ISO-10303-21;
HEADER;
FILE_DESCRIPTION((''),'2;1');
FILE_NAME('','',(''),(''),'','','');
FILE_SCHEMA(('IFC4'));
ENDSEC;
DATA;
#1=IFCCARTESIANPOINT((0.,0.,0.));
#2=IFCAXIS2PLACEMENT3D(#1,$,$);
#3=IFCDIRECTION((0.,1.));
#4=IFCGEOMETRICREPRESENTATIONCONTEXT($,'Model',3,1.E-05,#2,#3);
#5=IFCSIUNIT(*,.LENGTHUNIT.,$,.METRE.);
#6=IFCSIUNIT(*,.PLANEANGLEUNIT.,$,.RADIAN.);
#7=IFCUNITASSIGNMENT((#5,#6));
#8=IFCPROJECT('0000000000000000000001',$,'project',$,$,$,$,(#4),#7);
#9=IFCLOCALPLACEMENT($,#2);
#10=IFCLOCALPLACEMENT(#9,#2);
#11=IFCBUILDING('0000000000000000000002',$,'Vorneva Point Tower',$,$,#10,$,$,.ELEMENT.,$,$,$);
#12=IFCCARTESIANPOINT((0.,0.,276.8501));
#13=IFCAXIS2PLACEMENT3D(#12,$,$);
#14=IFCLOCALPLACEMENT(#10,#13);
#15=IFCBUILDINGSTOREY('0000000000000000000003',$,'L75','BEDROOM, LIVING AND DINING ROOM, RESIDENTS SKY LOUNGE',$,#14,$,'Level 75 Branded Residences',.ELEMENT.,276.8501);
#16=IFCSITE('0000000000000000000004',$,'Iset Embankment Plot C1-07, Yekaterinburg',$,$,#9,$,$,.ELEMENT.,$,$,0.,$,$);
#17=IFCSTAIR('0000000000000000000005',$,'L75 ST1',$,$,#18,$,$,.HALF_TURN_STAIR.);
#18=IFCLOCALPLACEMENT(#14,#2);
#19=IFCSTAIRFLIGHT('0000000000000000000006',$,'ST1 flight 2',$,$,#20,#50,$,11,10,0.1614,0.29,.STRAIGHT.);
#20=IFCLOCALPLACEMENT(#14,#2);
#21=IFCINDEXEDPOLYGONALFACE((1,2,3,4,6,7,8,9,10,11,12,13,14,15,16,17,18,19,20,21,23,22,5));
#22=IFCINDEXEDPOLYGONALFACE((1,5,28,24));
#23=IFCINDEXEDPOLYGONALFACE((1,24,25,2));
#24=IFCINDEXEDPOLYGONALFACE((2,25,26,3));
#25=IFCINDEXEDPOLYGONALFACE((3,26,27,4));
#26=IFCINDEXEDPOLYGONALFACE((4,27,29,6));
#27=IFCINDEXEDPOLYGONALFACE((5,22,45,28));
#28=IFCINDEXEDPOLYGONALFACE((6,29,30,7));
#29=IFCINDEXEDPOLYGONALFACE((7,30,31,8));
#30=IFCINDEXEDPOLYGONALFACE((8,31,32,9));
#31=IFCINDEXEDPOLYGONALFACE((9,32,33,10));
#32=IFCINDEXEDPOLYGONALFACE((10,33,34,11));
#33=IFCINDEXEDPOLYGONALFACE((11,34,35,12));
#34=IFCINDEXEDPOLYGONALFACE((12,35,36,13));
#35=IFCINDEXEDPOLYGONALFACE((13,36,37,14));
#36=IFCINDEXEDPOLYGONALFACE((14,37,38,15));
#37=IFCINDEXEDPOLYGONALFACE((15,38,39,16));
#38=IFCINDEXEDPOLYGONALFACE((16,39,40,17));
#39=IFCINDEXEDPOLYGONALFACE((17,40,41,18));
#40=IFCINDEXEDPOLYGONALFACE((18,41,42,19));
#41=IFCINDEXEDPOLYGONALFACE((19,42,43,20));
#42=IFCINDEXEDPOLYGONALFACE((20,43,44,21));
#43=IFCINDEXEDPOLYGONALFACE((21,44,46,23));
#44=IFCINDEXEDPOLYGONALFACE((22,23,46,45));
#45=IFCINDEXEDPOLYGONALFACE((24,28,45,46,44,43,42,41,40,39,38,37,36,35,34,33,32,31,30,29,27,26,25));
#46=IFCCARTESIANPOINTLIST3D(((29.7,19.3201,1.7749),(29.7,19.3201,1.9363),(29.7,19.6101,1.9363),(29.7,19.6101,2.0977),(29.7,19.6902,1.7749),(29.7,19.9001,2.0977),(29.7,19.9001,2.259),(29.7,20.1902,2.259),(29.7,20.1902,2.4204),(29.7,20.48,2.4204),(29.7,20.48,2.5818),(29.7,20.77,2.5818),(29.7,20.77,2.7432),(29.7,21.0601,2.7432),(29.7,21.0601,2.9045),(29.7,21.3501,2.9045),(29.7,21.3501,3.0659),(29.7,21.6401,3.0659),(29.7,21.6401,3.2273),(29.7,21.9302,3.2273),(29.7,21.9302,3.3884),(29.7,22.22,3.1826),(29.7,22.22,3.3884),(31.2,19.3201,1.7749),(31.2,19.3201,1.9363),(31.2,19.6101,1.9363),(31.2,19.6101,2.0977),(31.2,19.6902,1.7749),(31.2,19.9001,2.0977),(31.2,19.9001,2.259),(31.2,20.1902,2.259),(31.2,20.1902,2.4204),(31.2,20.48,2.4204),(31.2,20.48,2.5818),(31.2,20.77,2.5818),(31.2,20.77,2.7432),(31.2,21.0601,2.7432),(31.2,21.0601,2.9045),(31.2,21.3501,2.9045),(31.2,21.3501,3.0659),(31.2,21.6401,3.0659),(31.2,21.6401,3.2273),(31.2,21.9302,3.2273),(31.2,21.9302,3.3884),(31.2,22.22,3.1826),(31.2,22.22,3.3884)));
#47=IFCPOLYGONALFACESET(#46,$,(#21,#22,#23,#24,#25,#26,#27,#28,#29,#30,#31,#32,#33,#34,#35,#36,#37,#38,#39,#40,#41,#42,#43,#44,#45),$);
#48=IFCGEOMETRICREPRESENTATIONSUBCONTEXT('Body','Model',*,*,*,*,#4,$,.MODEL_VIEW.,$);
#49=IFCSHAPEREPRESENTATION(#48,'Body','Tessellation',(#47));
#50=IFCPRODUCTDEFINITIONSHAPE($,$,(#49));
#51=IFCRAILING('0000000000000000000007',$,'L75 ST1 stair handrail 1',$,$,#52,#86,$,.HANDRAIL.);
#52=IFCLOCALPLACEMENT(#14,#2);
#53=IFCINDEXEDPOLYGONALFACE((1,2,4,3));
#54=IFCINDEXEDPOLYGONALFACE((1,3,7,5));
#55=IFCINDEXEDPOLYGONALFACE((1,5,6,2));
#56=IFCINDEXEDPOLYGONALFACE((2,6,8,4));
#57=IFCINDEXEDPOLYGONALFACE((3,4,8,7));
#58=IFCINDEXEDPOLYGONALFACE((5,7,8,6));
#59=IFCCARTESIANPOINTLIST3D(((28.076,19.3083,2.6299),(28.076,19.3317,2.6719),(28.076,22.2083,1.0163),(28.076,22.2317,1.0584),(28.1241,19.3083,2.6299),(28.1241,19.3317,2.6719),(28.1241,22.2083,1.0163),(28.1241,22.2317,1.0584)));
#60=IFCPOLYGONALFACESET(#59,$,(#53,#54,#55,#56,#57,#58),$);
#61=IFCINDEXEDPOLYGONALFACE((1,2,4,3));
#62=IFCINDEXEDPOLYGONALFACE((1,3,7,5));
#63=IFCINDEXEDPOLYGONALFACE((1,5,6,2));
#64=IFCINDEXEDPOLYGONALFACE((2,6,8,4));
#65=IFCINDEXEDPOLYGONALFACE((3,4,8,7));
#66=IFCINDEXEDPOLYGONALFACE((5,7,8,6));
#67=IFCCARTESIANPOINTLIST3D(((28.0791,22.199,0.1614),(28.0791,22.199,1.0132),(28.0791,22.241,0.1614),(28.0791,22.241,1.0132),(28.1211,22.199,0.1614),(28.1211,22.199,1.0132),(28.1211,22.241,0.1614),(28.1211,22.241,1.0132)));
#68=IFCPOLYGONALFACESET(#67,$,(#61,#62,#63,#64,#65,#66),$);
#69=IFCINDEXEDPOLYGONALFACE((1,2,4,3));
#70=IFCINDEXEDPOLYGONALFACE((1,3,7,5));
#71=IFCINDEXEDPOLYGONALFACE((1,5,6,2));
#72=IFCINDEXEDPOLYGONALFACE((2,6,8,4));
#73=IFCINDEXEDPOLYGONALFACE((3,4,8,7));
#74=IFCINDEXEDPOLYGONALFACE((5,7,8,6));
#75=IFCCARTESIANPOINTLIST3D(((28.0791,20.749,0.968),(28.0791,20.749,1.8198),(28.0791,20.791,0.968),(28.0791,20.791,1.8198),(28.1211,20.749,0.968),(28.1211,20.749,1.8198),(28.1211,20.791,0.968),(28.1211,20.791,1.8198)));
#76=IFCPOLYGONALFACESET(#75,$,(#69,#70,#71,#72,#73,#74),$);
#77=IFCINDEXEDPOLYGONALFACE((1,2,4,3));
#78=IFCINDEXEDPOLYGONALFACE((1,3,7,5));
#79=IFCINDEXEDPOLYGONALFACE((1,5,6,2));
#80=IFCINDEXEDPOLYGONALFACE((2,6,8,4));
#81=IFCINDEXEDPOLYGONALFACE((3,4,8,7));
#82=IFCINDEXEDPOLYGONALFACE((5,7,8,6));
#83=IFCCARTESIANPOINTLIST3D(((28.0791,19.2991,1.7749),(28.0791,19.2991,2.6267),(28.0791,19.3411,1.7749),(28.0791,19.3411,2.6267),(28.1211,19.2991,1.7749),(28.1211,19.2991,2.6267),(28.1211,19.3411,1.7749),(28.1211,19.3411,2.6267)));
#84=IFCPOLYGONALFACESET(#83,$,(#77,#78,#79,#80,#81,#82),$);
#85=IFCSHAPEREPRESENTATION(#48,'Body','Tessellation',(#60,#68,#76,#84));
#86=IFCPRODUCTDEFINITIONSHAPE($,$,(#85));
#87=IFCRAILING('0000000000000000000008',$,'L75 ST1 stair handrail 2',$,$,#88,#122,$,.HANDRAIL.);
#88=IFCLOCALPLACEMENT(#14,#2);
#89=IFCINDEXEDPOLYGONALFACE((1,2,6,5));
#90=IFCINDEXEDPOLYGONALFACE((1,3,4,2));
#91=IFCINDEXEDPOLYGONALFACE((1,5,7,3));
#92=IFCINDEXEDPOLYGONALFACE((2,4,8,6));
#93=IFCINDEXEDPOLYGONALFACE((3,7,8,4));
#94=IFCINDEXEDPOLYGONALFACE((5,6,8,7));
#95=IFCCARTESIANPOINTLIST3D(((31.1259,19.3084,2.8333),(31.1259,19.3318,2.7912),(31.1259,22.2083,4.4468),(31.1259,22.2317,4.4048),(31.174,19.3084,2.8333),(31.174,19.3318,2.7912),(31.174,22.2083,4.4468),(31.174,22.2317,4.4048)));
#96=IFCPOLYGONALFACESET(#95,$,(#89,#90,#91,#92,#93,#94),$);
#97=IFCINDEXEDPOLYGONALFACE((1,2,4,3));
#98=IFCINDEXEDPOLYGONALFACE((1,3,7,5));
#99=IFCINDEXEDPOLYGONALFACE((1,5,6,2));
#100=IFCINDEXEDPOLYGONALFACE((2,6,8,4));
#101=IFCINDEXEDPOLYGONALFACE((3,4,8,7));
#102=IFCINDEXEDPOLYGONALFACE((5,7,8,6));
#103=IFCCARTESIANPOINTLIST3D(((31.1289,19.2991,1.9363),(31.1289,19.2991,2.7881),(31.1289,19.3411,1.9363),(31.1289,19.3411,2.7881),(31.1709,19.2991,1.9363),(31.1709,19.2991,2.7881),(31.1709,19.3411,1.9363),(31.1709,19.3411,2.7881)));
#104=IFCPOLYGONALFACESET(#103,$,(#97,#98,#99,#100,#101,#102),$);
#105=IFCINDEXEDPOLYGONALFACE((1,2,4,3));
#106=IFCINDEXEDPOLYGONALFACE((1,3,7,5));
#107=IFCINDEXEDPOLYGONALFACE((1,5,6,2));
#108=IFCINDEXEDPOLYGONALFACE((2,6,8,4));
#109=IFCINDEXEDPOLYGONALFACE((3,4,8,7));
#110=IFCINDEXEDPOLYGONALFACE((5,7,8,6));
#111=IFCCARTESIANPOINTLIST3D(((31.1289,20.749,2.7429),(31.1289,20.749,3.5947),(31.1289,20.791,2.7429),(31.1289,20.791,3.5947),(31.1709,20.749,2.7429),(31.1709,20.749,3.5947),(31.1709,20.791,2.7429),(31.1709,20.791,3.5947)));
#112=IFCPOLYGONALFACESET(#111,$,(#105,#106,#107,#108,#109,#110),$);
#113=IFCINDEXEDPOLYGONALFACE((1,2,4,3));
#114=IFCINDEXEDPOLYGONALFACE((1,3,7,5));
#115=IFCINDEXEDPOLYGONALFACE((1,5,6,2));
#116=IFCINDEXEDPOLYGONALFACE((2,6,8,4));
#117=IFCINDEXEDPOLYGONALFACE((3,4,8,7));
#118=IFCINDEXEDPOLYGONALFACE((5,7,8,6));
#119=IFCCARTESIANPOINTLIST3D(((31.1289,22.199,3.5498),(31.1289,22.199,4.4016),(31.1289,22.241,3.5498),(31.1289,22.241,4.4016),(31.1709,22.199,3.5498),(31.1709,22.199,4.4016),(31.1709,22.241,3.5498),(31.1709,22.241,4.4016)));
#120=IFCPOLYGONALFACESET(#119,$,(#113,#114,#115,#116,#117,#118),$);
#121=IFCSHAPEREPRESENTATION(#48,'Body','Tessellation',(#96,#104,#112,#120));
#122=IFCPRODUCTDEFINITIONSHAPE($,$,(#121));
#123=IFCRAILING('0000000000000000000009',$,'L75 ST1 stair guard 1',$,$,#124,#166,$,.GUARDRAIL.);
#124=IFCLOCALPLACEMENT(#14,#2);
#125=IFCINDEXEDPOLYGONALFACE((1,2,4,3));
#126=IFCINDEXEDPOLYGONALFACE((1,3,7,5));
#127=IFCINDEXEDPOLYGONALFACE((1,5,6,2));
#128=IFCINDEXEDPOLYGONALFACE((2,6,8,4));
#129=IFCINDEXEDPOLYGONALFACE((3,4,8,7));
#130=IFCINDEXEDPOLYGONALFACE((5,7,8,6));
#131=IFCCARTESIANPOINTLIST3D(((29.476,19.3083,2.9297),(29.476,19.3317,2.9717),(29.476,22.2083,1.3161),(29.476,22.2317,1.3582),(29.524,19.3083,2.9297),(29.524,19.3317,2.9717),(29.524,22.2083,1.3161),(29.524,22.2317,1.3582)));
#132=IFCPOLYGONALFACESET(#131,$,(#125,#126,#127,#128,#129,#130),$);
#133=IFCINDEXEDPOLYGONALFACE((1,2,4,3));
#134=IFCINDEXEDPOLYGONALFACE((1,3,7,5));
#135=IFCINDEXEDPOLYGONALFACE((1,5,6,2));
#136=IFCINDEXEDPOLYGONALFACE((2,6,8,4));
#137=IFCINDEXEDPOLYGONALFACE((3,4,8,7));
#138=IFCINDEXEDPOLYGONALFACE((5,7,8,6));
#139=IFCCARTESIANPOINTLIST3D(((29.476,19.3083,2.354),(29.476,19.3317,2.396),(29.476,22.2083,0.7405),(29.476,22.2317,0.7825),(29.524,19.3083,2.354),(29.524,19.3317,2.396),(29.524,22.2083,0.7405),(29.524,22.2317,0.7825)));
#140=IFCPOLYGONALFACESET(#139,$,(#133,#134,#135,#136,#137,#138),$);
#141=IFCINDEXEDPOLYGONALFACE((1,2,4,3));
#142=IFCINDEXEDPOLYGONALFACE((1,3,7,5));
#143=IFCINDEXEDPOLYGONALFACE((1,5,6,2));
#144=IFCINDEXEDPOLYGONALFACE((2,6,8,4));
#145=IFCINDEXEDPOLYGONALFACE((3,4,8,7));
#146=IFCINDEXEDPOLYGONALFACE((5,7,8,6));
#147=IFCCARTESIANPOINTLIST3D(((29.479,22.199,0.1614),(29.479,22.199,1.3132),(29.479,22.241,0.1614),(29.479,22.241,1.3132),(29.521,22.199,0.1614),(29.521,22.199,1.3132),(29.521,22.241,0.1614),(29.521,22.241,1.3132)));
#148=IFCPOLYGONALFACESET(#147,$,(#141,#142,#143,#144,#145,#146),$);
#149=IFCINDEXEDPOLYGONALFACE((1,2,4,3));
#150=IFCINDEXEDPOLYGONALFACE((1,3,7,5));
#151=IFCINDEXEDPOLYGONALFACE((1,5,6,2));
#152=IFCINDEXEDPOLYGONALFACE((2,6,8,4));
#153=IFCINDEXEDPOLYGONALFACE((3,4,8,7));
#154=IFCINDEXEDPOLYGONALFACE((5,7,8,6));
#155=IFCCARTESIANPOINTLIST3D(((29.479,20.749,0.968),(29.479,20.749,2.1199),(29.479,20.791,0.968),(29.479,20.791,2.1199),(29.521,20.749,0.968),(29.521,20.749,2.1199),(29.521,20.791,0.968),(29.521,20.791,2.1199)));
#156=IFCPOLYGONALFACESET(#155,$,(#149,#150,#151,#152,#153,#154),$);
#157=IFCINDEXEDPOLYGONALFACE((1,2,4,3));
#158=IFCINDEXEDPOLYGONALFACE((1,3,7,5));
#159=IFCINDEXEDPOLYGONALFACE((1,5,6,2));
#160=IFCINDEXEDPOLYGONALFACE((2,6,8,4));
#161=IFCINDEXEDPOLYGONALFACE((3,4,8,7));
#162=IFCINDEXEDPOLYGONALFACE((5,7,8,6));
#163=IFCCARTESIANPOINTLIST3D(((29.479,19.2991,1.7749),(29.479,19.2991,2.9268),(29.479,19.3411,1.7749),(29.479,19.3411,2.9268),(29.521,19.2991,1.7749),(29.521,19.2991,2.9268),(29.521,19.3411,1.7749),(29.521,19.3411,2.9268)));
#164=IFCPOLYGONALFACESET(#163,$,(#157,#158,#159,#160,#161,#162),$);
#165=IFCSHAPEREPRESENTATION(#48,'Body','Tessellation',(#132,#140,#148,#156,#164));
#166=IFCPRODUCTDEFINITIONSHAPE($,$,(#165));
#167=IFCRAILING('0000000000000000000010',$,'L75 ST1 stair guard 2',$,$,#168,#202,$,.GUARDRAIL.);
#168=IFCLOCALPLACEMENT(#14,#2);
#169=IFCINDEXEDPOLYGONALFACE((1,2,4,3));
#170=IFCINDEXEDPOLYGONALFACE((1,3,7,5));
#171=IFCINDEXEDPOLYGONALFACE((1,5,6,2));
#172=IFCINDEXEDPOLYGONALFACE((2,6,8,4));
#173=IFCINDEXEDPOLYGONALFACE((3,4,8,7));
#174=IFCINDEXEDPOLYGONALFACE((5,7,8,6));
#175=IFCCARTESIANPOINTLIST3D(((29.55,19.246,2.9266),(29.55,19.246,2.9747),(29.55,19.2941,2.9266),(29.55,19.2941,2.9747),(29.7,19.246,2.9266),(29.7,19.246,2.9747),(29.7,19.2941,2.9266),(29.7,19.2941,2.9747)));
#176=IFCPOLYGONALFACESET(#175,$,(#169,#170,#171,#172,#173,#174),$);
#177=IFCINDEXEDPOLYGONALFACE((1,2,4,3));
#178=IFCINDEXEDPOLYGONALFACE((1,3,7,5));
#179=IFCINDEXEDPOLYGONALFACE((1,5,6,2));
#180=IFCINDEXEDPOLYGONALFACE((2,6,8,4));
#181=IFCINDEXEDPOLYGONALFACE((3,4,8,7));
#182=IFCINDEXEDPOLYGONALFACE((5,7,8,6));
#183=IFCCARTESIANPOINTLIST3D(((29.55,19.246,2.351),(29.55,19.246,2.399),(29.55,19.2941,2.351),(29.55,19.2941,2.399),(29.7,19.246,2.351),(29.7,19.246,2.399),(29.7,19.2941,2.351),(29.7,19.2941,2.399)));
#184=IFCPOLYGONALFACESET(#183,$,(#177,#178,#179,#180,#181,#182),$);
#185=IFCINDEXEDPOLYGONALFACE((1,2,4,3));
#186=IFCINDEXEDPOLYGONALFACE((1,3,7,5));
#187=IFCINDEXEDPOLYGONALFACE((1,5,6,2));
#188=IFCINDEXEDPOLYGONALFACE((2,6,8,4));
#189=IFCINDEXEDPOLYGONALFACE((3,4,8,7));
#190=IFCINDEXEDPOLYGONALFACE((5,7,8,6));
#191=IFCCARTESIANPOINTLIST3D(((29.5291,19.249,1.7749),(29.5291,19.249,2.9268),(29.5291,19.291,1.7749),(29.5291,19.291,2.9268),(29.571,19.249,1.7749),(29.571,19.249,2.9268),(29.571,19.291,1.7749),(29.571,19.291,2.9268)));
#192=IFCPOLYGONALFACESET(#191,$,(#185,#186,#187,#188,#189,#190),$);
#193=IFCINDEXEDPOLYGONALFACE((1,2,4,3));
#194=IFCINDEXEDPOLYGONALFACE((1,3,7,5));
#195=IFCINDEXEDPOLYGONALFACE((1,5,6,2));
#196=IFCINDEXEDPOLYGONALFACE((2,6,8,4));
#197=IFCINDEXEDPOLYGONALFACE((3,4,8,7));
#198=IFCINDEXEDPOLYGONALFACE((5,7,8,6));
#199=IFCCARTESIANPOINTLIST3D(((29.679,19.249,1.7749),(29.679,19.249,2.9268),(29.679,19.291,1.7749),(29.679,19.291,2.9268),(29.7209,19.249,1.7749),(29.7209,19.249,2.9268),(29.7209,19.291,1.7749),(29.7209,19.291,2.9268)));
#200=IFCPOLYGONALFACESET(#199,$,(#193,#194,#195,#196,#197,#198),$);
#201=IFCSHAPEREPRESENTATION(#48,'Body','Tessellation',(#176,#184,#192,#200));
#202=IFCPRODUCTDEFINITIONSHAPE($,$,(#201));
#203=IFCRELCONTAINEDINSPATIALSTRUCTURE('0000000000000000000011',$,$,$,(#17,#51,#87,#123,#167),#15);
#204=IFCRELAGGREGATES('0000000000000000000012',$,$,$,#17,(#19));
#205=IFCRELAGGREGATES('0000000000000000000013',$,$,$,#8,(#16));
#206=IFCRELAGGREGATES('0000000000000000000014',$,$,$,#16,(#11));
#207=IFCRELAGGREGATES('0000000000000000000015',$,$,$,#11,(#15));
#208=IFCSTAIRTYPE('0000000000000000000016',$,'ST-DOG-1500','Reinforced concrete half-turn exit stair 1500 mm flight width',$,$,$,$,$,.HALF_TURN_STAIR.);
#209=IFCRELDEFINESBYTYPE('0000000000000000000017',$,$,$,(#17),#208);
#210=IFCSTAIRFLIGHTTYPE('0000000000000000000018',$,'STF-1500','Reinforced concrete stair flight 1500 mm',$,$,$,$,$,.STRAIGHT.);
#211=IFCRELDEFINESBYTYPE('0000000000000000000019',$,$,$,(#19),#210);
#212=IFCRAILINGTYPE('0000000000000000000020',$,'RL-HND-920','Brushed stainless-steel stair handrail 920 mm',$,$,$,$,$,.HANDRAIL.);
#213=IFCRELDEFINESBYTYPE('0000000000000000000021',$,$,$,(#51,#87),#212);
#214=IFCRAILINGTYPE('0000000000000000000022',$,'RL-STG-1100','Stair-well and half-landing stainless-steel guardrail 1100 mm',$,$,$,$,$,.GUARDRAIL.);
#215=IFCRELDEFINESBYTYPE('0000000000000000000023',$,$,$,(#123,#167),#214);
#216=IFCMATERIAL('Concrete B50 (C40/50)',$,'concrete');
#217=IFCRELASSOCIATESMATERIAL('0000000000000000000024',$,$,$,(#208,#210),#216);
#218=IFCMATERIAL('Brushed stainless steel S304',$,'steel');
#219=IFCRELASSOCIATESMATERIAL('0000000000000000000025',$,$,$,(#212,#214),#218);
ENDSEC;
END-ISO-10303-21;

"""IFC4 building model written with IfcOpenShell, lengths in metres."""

from ifc_helpers import new_model, si_unit, direction, frame, origin, origin_2d, place, context, subcontext, project, spatial, polyline, rectangle, outline, extrude, material, type_object, element, aggregate, save


model = new_model("IFC4")

# Units and contexts
model_context = context("Model", 3, precision=1e-05, world=origin(), true_north=direction((0.0, 1.0)))
body_context = subcontext(model_context, "Body", "Model", "MODEL_VIEW")
ifc_project = project(units=[si_unit("LENGTHUNIT", "METRE"), si_unit("PLANEANGLEUNIT", "RADIAN")], contexts=[model_context])

# Site, building, storey
site_placement = place(None, origin())
site = spatial("IfcSite", under=ifc_project, at=site_placement, Name="Iset Embankment Plot C1-07, Yekaterinburg", CompositionType="ELEMENT", RefElevation=0.0)
building_placement = place(site_placement, origin())
building = spatial("IfcBuilding", under=site, at=building_placement, Name="Vorneva Point Tower", CompositionType="ELEMENT")
storey_placement = place(building_placement, frame((0.0, 0.0, 276.8501)))
storey = spatial("IfcBuildingStorey", under=building, at=storey_placement, Name="L75", Description="BEDROOM, LIVING AND DINING ROOM, RESIDENTS SKY LOUNGE", LongName="Level 75 Branded Residences", CompositionType="ELEMENT", Elevation=276.8501)

# Shared definitions
ifc_material_1 = material(Name="Concrete B50 (C40/50)", Category="concrete")

# Stair, stair flight
stair_type = type_object("IfcStairType", Name="ST-DOG-1500", Description="Reinforced concrete half-turn exit stair 1500 mm flight width", PredefinedType="HALF_TURN_STAIR", material=ifc_material_1)
stair_placement = place(storey_placement, origin())
stair = element("IfcStair", 1, at=stair_placement, inside=storey, type_object=stair_type, Name="L75 ST1", PredefinedType="HALF_TURN_STAIR")
stair_flight_type = type_object("IfcStairFlightType", Name="STF-1500", Description="Reinforced concrete stair flight 1500 mm", PredefinedType="STRAIGHT", material=ifc_material_1)
stair_flight_1_placement = place(storey_placement, frame((30.45, 19.3201, 1.7749), z_axis=(0.0, 0.0, 1.0), x_axis=(0.0, 1.0, 0.0)))
stair_flight_1 = element("IfcStairFlight", 2, at=stair_flight_1_placement, type_object=stair_flight_type, Name="ST1 flight 2", NumberOfRisers=11, NumberOfTreads=10, PredefinedType="STRAIGHT", RiserHeight=0.1614, TreadLength=0.29, context=body_context, shape_type="SweptSolid", body=[
    extrude(outline(polyline([(0.0, 0.0), (0.0, 0.1614), (0.29, 0.1614), (0.29, 0.3228), (0.5801, 0.3228), (0.5801, 0.4841), (0.8701, 0.4841), (0.8701, 0.6455), (1.1599, 0.6455), (1.1599, 0.8069), (1.45, 0.8069), (1.45, 0.9683), (1.74, 0.9683), (1.74, 1.1296), (2.03, 1.1296), (2.03, 1.291), (2.3201, 1.291), (2.3201, 1.4524), (2.6101, 1.4524), (2.6101, 1.6135), (2.8999, 1.6135), (2.8999, 1.7749), (2.8999, 1.4077), (0.3701, 0.0), (0.0, 0.0)])), frame((0.0, 0.75, 0.0), z_axis=(0.0, -1.0, 0.0), x_axis=(1.0, 0.0, 0.0)), (0.0, 0.0, 1.0), 1.5),
])
aggregate(stair, [stair_flight_1])

# Railings
ifc_material_2 = material(Name="Brushed stainless steel S304", Category="steel")
railing_type_1 = type_object("IfcRailingType", Name="RL-HND-920", Description="Brushed stainless-steel stair handrail 920 mm", PredefinedType="HANDRAIL", material=ifc_material_2)
railing_1_placement = place(storey_placement, frame((28.1001, 22.22, 0.1614)))
element("IfcRailing", 3, at=railing_1_placement, inside=storey, type_object=railing_type_1, Name="L75 ST1 stair handrail 1", PredefinedType="HANDRAIL", context=body_context, shape_type="SweptSolid", body=[
    extrude(rectangle(XDim=0.0481, YDim=0.0481, at=origin_2d()), frame((0.0, 0.0, 0.876), z_axis=(0.0, -0.873841, 0.486211), x_axis=(1.0, 0.0, 0.0)), (0.0, 0.0, 1.0), 3.3186),
    extrude(rectangle(XDim=0.042, YDim=0.042, at=origin_2d()), origin(), (0.0, 0.0, 1.0), 0.8518),
    extrude(rectangle(XDim=0.042, YDim=0.042, at=origin_2d()), frame((0.0, -1.45, 0.8066)), (0.0, 0.0, 1.0), 0.8518),
    extrude(rectangle(XDim=0.042, YDim=0.042, at=origin_2d()), frame((0.0, -2.8999, 1.6135)), (0.0, 0.0, 1.0), 0.8518),
])
railing_2_placement = place(storey_placement, frame((31.1499, 19.3201, 1.9363)))
element("IfcRailing", 4, at=railing_2_placement, inside=storey, type_object=railing_type_1, Name="L75 ST1 stair handrail 2", PredefinedType="HANDRAIL", context=body_context, shape_type="SweptSolid", body=[
    extrude(rectangle(XDim=0.0481, YDim=0.0481, at=origin_2d()), frame((0.0, 0.0, 0.876), z_axis=(0.0, 0.873841, 0.486211), x_axis=(-1.0, 0.0, 0.0)), (0.0, 0.0, 1.0), 3.3186),
    extrude(rectangle(XDim=0.042, YDim=0.042, at=origin_2d()), origin(), (0.0, 0.0, 1.0), 0.8518),
    extrude(rectangle(XDim=0.042, YDim=0.042, at=origin_2d()), frame((0.0, 1.45, 0.8066)), (0.0, 0.0, 1.0), 0.8518),
    extrude(rectangle(XDim=0.042, YDim=0.042, at=origin_2d()), frame((0.0, 2.8999, 1.6135)), (0.0, 0.0, 1.0), 0.8518),
])
railing_type_2 = type_object("IfcRailingType", Name="RL-STG-1100", Description="Stair-well and half-landing stainless-steel guardrail 1100 mm", PredefinedType="GUARDRAIL", material=ifc_material_2)
railing_3_placement = place(storey_placement, frame((29.5, 22.22, 0.1614)))
element("IfcRailing", 5, at=railing_3_placement, inside=storey, type_object=railing_type_2, Name="L75 ST1 stair guard 1", PredefinedType="GUARDRAIL", context=body_context, shape_type="SweptSolid", body=[
    extrude(rectangle(XDim=0.0481, YDim=0.0481, at=origin_2d()), frame((0.0, 0.0, 1.1758), z_axis=(0.0, -0.873841, 0.486211), x_axis=(1.0, 0.0, 0.0)), (0.0, 0.0, 1.0), 3.3186),
    extrude(rectangle(XDim=0.0481, YDim=0.0481, at=origin_2d()), frame((0.0, 0.0, 0.6001), z_axis=(0.0, -0.873841, 0.486211), x_axis=(1.0, 0.0, 0.0)), (0.0, 0.0, 1.0), 3.3186),
    extrude(rectangle(XDim=0.042, YDim=0.042, at=origin_2d()), origin(), (0.0, 0.0, 1.0), 1.1519),
    extrude(rectangle(XDim=0.042, YDim=0.042, at=origin_2d()), frame((0.0, -1.45, 0.8066)), (0.0, 0.0, 1.0), 1.1519),
    extrude(rectangle(XDim=0.042, YDim=0.042, at=origin_2d()), frame((0.0, -2.8999, 1.6135)), (0.0, 0.0, 1.0), 1.1519),
])
railing_4_placement = place(storey_placement, frame((29.55, 19.27, 1.7749)))
element("IfcRailing", 6, at=railing_4_placement, inside=storey, type_object=railing_type_2, Name="L75 ST1 stair guard 2", PredefinedType="GUARDRAIL", context=body_context, shape_type="SweptSolid", body=[
    extrude(rectangle(XDim=0.0481, YDim=0.0481, at=origin_2d()), frame((0.0, 0.0, 1.1758), z_axis=(1.0, 0.0, 0.0), x_axis=(0.0, 1.0, 0.0)), (0.0, 0.0, 1.0), 0.1499),
    extrude(rectangle(XDim=0.0481, YDim=0.0481, at=origin_2d()), frame((0.0, 0.0, 0.6001), z_axis=(1.0, 0.0, 0.0), x_axis=(0.0, 1.0, 0.0)), (0.0, 0.0, 1.0), 0.1499),
    extrude(rectangle(XDim=0.042, YDim=0.042, at=origin_2d()), origin(), (0.0, 0.0, 1.0), 1.1519),
    extrude(rectangle(XDim=0.042, YDim=0.042, at=origin_2d()), frame((0.1499, 0.0, 0.0)), (0.0, 0.0, 1.0), 1.1519),
])

save(model, "model.ifc")
